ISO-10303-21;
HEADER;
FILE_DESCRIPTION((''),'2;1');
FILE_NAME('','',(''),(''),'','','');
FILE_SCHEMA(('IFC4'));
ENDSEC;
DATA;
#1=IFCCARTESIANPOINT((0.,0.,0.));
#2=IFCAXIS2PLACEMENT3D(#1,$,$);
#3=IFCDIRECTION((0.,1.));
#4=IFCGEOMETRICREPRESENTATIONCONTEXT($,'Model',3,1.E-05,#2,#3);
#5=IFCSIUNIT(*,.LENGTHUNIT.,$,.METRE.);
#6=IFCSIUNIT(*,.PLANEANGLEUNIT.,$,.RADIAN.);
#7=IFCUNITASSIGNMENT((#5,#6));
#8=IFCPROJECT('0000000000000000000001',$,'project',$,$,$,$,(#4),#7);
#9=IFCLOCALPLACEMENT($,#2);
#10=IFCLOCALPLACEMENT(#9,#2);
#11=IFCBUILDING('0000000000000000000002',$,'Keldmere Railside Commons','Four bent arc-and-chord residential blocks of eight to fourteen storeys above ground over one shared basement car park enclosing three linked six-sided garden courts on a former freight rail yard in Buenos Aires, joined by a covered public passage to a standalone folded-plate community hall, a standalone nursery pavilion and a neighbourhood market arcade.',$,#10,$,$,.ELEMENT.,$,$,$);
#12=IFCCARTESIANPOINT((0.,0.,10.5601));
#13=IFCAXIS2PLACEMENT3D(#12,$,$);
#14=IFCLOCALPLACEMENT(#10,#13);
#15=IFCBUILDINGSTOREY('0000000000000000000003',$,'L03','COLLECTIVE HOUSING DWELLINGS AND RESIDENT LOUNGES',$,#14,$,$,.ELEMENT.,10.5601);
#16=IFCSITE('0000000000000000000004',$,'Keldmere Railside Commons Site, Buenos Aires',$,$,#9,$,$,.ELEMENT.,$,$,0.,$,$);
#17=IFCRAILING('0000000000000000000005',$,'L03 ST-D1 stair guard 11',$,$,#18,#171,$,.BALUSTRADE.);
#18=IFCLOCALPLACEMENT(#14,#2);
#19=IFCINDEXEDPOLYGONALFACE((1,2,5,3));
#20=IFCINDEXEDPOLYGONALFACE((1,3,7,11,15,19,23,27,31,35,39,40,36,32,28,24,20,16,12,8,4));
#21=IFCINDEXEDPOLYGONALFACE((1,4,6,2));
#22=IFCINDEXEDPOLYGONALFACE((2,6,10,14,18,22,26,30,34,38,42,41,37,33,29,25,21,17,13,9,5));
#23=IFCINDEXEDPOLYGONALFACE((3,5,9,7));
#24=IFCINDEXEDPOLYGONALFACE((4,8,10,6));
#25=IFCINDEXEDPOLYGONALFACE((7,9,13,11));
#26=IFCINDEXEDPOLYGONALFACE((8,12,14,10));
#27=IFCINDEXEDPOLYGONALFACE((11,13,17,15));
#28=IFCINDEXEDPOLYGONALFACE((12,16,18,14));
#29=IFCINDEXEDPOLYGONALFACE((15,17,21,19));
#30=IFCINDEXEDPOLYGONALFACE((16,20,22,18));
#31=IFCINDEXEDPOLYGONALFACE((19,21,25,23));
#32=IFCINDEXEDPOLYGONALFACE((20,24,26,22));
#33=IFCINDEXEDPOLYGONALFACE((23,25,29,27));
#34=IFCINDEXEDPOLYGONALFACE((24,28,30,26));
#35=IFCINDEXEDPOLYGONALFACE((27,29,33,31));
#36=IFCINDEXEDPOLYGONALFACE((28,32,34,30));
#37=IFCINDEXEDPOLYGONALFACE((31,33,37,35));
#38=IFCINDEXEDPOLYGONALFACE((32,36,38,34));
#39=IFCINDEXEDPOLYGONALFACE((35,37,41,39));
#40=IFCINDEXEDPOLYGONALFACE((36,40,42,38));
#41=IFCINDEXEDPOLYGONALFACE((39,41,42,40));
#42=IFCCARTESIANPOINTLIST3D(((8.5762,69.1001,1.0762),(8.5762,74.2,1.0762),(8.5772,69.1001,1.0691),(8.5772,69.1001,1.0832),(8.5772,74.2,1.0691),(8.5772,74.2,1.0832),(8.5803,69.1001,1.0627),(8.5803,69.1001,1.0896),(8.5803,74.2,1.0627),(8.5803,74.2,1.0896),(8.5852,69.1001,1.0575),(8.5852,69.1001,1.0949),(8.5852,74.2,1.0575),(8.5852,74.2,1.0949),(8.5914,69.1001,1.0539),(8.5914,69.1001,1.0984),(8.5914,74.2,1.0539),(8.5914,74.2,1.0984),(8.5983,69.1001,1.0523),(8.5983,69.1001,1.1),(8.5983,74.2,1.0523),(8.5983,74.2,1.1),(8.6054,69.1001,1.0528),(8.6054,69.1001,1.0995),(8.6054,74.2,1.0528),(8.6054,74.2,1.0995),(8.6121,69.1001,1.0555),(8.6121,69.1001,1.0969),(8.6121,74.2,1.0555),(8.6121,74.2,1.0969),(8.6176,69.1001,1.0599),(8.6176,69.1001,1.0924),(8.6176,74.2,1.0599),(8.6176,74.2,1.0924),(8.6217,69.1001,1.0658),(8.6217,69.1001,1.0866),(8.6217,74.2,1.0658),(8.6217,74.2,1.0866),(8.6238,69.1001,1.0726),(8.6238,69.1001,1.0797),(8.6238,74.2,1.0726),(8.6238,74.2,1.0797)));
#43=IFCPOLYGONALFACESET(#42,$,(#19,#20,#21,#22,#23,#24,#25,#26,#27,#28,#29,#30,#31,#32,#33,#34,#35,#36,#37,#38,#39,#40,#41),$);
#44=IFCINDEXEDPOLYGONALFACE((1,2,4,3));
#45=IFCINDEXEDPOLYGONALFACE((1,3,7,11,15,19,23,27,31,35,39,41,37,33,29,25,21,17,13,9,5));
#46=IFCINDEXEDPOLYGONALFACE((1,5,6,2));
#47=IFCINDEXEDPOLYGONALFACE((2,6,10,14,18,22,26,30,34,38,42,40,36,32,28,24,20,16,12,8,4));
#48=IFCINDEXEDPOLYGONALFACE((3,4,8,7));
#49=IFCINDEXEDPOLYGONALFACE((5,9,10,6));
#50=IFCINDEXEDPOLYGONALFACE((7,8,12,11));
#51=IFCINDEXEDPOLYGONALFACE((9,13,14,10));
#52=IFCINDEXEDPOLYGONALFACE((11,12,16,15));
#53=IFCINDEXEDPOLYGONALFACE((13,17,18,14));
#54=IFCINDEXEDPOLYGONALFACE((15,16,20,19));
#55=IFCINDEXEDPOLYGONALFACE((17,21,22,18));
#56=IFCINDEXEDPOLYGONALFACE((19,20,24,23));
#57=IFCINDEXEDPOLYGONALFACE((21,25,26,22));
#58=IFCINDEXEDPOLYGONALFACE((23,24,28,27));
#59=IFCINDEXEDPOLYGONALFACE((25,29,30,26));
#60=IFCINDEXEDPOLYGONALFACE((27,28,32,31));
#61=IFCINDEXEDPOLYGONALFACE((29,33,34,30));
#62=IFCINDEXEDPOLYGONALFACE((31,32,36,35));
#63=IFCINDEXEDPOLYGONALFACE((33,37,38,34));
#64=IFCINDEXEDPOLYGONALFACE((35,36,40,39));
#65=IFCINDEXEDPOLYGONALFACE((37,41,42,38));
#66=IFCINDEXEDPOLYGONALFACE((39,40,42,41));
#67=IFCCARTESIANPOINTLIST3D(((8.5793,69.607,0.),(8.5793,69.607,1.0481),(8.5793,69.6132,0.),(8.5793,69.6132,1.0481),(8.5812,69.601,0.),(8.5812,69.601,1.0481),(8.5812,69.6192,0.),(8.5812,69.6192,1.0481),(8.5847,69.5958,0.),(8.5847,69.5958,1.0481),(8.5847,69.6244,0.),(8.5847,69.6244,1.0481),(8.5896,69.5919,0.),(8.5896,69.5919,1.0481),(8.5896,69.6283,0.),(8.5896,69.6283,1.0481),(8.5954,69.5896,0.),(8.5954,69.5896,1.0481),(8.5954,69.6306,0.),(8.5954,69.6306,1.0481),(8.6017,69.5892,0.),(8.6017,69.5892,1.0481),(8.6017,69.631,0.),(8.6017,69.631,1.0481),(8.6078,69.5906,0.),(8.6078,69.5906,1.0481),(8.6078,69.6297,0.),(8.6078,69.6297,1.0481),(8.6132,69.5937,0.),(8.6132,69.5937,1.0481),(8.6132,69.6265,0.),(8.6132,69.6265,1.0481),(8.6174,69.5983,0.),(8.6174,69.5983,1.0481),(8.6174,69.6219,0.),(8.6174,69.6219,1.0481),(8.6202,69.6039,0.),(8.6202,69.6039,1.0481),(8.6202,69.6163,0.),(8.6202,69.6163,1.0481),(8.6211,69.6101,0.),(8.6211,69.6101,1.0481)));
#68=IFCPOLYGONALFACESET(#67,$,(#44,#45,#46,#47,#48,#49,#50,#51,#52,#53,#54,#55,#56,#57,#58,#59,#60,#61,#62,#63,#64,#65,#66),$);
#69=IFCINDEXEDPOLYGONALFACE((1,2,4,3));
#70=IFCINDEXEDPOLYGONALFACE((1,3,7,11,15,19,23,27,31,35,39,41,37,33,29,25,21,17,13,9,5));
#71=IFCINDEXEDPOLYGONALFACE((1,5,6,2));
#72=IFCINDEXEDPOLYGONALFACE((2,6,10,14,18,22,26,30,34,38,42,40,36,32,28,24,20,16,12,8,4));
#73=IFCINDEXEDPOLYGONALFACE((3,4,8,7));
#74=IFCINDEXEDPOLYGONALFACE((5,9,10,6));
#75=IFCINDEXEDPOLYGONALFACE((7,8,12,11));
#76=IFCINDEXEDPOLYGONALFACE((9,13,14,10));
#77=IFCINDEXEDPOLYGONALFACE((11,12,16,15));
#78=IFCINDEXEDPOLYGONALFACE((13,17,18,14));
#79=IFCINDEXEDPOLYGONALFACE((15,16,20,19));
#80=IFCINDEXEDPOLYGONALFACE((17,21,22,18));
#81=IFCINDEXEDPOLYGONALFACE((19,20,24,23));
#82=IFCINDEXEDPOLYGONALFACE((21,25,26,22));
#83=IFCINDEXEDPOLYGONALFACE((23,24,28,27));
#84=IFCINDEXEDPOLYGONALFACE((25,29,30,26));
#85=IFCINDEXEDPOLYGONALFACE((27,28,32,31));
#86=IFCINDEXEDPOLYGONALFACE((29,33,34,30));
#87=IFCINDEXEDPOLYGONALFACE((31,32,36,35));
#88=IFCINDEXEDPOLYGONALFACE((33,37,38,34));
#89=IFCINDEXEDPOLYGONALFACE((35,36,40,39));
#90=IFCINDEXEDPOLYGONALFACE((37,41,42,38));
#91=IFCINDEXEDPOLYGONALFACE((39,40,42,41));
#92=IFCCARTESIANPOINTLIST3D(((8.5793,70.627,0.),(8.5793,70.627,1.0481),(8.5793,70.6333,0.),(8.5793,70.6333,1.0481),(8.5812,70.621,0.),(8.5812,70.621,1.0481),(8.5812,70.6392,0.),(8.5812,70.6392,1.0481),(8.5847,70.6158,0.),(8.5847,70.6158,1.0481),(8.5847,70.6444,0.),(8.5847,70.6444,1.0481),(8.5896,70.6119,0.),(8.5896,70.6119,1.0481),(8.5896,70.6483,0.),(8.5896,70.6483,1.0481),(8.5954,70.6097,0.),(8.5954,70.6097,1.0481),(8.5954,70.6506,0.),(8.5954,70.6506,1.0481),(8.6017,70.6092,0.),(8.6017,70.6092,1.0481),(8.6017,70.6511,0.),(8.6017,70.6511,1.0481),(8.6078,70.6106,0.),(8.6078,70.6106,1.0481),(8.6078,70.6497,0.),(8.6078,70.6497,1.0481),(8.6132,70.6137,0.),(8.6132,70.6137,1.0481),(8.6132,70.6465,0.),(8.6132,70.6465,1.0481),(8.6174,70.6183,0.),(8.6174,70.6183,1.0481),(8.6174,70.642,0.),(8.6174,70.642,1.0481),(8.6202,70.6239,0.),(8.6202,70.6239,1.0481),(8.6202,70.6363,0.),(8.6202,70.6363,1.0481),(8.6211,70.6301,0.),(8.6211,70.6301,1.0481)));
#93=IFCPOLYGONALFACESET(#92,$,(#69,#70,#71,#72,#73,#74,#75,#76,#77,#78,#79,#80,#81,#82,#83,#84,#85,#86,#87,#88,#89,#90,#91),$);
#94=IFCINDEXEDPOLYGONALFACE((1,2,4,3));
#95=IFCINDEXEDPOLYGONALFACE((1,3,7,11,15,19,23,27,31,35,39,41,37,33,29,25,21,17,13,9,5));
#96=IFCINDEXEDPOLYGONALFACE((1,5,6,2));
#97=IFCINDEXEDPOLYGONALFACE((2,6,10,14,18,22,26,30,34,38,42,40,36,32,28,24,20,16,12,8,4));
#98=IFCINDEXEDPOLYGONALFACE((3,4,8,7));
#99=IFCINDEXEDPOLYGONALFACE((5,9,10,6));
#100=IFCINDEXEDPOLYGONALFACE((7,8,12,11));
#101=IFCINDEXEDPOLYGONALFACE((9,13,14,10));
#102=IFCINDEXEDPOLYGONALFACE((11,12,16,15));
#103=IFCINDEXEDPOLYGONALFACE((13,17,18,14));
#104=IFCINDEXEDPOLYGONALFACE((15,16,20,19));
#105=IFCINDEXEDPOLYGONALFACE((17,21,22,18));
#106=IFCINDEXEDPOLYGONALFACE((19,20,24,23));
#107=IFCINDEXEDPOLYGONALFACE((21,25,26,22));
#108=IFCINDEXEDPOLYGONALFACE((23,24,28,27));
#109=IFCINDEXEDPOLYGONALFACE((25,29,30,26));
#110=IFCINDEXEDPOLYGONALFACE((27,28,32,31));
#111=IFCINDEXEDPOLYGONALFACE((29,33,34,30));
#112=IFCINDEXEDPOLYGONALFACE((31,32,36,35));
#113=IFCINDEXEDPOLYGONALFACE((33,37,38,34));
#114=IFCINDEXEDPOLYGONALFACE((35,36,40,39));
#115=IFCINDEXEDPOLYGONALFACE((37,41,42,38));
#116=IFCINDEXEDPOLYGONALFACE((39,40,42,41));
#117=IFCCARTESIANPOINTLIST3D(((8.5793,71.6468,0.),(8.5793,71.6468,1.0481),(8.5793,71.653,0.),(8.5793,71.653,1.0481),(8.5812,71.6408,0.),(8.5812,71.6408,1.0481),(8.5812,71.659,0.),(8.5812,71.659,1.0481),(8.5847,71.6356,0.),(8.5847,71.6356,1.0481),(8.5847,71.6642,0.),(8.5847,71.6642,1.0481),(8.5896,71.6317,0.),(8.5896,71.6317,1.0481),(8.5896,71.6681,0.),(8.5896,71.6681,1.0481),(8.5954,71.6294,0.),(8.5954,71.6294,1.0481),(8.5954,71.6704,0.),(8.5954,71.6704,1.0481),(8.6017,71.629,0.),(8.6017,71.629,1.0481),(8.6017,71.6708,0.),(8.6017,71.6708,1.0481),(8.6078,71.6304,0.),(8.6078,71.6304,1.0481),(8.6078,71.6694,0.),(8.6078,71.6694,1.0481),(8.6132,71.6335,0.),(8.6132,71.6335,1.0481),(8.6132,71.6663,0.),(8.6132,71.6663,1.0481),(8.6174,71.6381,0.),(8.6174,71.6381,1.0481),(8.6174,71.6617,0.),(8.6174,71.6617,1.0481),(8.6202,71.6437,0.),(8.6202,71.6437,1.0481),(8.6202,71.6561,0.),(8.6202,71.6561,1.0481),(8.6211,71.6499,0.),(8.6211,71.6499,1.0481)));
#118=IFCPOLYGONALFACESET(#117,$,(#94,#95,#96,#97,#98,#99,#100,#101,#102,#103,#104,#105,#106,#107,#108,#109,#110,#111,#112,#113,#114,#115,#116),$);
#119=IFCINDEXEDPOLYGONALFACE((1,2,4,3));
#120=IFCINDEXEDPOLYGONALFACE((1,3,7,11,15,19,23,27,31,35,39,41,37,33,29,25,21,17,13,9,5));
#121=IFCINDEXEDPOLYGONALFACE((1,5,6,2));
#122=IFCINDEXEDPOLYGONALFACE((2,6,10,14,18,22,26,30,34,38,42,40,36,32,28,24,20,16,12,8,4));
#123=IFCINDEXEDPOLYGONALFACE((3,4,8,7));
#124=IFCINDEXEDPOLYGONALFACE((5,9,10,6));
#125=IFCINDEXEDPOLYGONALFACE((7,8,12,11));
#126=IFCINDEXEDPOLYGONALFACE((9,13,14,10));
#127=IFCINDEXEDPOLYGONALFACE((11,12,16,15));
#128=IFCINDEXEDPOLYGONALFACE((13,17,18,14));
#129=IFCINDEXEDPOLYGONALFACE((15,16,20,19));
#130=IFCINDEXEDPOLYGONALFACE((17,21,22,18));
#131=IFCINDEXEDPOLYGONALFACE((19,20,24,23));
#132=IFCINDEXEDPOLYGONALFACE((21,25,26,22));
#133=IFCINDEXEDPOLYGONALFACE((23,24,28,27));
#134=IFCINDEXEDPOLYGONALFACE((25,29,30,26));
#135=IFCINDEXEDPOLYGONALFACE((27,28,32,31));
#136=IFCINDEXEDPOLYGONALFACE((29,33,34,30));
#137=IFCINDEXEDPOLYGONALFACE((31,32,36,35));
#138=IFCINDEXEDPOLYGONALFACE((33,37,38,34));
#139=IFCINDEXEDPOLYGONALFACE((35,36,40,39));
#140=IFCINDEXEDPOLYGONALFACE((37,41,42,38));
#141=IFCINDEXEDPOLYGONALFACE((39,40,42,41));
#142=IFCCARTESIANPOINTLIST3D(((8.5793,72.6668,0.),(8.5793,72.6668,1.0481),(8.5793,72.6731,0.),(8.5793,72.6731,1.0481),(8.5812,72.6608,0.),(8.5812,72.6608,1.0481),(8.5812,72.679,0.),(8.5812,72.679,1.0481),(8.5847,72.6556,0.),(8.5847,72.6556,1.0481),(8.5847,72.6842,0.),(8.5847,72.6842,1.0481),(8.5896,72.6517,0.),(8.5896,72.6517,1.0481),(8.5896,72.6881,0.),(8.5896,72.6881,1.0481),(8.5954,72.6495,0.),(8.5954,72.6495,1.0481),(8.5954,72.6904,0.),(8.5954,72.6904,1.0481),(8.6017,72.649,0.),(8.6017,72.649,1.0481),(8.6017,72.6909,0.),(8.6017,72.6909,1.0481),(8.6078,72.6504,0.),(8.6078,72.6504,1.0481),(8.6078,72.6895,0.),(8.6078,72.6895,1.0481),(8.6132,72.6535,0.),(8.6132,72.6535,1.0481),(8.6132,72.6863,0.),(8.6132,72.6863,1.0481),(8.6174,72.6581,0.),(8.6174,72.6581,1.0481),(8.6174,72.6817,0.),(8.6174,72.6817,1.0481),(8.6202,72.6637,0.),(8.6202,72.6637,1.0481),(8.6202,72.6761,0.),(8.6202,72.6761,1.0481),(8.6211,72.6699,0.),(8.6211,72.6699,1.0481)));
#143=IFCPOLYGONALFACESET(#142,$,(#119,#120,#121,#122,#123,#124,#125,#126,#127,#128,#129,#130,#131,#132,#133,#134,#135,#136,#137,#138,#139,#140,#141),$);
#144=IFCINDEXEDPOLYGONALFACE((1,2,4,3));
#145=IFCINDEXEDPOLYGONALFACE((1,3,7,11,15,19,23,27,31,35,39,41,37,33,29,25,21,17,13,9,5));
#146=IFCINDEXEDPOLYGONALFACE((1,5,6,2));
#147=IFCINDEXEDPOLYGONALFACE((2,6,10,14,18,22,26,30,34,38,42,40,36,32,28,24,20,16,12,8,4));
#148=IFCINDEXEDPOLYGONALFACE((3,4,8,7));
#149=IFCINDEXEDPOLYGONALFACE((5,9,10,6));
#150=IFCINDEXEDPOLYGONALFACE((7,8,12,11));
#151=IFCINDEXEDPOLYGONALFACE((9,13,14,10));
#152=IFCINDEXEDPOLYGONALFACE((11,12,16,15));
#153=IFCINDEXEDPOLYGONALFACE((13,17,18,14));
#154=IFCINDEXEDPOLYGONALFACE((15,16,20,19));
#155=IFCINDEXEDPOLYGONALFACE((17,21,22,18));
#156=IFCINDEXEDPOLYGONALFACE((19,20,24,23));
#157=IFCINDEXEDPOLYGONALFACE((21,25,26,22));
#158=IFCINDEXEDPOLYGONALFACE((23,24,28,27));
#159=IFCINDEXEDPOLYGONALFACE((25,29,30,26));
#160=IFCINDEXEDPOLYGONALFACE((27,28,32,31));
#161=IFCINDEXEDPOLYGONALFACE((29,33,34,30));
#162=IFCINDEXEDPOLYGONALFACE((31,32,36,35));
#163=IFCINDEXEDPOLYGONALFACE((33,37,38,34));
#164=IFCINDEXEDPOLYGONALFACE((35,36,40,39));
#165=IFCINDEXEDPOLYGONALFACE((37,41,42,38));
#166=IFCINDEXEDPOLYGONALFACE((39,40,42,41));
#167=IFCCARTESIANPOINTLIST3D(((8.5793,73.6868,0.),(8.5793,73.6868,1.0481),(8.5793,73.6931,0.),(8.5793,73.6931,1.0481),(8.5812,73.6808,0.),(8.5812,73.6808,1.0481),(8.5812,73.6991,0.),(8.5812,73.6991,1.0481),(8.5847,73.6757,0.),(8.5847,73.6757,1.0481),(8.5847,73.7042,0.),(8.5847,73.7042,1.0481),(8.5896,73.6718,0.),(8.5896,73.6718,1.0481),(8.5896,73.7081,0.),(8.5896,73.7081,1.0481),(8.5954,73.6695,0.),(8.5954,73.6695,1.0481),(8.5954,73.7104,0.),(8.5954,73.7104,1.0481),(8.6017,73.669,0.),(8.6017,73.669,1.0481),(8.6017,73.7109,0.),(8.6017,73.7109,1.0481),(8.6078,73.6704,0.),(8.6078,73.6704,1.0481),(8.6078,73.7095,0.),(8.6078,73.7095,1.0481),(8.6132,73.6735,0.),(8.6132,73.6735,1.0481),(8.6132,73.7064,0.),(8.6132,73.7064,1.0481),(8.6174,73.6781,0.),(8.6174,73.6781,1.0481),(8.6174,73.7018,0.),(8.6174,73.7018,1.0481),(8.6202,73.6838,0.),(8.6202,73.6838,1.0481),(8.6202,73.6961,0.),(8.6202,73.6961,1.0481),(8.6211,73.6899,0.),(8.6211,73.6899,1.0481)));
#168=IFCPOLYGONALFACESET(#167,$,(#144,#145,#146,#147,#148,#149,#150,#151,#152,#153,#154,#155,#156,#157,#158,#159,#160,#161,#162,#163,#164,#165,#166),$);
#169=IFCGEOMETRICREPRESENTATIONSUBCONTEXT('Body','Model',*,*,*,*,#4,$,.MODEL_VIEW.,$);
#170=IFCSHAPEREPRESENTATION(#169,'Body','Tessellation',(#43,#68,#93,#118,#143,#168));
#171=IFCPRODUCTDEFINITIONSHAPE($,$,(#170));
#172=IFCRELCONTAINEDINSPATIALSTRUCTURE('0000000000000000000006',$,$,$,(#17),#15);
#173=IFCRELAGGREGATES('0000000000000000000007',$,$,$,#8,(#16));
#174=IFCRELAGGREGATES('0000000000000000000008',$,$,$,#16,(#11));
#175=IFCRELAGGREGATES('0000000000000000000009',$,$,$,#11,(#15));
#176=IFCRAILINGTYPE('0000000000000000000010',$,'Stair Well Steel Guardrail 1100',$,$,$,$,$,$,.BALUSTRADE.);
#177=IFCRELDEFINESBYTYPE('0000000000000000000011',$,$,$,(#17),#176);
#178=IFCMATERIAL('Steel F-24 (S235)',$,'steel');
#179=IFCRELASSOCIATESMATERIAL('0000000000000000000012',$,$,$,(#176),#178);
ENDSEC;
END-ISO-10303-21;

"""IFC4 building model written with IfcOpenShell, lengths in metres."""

from ifc_helpers import new_model, si_unit, direction, frame, origin, origin_2d, place, context, subcontext, project, spatial, circle, extrude, material, type_object, element, save


model = new_model("IFC4")

# Units and contexts
model_context = context("Model", 3, precision=1e-05, world=origin(), true_north=direction((0.0, 1.0)))
body_context = subcontext(model_context, "Body", "Model", "MODEL_VIEW")
ifc_project = project(units=[si_unit("LENGTHUNIT", "METRE"), si_unit("PLANEANGLEUNIT", "RADIAN")], contexts=[model_context])

# Site, building, storey
site_placement = place(None, origin())
site = spatial("IfcSite", under=ifc_project, at=site_placement, Name="Keldmere Railside Commons Site, Buenos Aires", CompositionType="ELEMENT", RefElevation=0.0)
building_placement = place(site_placement, origin())
building = spatial("IfcBuilding", under=site, at=building_placement, Name="Keldmere Railside Commons", Description="Four bent arc-and-chord residential blocks of eight to fourteen storeys above ground over one shared basement car park enclosing three linked six-sided garden courts on a former freight rail yard in Buenos Aires, joined by a covered public passage to a standalone folded-plate community hall, a standalone nursery pavilion and a neighbourhood market arcade.", CompositionType="ELEMENT")
storey_placement = place(building_placement, frame((0.0, 0.0, 10.5601)))
storey = spatial("IfcBuildingStorey", under=building, at=storey_placement, Name="L03", Description="COLLECTIVE HOUSING DWELLINGS AND RESIDENT LOUNGES", CompositionType="ELEMENT", Elevation=10.5601)

# Railing
ifc_material_1 = material(Name="Steel F-24 (S235)", Category="steel")
railing_type_1 = type_object("IfcRailingType", Name="Stair Well Steel Guardrail 1100", PredefinedType="BALUSTRADE", material=ifc_material_1)
railing_1_placement = place(storey_placement, frame((8.6001, 69.1001, 0.0)))
element("IfcRailing", 1, at=railing_1_placement, inside=storey, type_object=railing_type_1, Name="L03 ST-D1 stair guard 11", PredefinedType="BALUSTRADE", context=body_context, shape_type="SweptSolid", body=[
    extrude(circle(Radius=0.0239, at=origin_2d()), frame((0.0, 0.0, 1.0762), z_axis=(0.0, 1.0, 0.0), x_axis=(-1.0, 0.0, 0.0)), (0.0, 0.0, 1.0), 5.0999),
    extrude(circle(Radius=0.021, at=origin_2d()), frame((0.0, 0.51, 0.0)), (0.0, 0.0, 1.0), 1.0481),
    extrude(circle(Radius=0.021, at=origin_2d()), frame((0.0, 1.53, 0.0)), (0.0, 0.0, 1.0), 1.0481),
    extrude(circle(Radius=0.021, at=origin_2d()), frame((0.0, 2.5498, 0.0)), (0.0, 0.0, 1.0), 1.0481),
    extrude(circle(Radius=0.021, at=origin_2d()), frame((0.0, 3.5698, 0.0)), (0.0, 0.0, 1.0), 1.0481),
    extrude(circle(Radius=0.021, at=origin_2d()), frame((0.0, 4.5898, 0.0)), (0.0, 0.0, 1.0), 1.0481),
])

save(model, "model.ifc")
